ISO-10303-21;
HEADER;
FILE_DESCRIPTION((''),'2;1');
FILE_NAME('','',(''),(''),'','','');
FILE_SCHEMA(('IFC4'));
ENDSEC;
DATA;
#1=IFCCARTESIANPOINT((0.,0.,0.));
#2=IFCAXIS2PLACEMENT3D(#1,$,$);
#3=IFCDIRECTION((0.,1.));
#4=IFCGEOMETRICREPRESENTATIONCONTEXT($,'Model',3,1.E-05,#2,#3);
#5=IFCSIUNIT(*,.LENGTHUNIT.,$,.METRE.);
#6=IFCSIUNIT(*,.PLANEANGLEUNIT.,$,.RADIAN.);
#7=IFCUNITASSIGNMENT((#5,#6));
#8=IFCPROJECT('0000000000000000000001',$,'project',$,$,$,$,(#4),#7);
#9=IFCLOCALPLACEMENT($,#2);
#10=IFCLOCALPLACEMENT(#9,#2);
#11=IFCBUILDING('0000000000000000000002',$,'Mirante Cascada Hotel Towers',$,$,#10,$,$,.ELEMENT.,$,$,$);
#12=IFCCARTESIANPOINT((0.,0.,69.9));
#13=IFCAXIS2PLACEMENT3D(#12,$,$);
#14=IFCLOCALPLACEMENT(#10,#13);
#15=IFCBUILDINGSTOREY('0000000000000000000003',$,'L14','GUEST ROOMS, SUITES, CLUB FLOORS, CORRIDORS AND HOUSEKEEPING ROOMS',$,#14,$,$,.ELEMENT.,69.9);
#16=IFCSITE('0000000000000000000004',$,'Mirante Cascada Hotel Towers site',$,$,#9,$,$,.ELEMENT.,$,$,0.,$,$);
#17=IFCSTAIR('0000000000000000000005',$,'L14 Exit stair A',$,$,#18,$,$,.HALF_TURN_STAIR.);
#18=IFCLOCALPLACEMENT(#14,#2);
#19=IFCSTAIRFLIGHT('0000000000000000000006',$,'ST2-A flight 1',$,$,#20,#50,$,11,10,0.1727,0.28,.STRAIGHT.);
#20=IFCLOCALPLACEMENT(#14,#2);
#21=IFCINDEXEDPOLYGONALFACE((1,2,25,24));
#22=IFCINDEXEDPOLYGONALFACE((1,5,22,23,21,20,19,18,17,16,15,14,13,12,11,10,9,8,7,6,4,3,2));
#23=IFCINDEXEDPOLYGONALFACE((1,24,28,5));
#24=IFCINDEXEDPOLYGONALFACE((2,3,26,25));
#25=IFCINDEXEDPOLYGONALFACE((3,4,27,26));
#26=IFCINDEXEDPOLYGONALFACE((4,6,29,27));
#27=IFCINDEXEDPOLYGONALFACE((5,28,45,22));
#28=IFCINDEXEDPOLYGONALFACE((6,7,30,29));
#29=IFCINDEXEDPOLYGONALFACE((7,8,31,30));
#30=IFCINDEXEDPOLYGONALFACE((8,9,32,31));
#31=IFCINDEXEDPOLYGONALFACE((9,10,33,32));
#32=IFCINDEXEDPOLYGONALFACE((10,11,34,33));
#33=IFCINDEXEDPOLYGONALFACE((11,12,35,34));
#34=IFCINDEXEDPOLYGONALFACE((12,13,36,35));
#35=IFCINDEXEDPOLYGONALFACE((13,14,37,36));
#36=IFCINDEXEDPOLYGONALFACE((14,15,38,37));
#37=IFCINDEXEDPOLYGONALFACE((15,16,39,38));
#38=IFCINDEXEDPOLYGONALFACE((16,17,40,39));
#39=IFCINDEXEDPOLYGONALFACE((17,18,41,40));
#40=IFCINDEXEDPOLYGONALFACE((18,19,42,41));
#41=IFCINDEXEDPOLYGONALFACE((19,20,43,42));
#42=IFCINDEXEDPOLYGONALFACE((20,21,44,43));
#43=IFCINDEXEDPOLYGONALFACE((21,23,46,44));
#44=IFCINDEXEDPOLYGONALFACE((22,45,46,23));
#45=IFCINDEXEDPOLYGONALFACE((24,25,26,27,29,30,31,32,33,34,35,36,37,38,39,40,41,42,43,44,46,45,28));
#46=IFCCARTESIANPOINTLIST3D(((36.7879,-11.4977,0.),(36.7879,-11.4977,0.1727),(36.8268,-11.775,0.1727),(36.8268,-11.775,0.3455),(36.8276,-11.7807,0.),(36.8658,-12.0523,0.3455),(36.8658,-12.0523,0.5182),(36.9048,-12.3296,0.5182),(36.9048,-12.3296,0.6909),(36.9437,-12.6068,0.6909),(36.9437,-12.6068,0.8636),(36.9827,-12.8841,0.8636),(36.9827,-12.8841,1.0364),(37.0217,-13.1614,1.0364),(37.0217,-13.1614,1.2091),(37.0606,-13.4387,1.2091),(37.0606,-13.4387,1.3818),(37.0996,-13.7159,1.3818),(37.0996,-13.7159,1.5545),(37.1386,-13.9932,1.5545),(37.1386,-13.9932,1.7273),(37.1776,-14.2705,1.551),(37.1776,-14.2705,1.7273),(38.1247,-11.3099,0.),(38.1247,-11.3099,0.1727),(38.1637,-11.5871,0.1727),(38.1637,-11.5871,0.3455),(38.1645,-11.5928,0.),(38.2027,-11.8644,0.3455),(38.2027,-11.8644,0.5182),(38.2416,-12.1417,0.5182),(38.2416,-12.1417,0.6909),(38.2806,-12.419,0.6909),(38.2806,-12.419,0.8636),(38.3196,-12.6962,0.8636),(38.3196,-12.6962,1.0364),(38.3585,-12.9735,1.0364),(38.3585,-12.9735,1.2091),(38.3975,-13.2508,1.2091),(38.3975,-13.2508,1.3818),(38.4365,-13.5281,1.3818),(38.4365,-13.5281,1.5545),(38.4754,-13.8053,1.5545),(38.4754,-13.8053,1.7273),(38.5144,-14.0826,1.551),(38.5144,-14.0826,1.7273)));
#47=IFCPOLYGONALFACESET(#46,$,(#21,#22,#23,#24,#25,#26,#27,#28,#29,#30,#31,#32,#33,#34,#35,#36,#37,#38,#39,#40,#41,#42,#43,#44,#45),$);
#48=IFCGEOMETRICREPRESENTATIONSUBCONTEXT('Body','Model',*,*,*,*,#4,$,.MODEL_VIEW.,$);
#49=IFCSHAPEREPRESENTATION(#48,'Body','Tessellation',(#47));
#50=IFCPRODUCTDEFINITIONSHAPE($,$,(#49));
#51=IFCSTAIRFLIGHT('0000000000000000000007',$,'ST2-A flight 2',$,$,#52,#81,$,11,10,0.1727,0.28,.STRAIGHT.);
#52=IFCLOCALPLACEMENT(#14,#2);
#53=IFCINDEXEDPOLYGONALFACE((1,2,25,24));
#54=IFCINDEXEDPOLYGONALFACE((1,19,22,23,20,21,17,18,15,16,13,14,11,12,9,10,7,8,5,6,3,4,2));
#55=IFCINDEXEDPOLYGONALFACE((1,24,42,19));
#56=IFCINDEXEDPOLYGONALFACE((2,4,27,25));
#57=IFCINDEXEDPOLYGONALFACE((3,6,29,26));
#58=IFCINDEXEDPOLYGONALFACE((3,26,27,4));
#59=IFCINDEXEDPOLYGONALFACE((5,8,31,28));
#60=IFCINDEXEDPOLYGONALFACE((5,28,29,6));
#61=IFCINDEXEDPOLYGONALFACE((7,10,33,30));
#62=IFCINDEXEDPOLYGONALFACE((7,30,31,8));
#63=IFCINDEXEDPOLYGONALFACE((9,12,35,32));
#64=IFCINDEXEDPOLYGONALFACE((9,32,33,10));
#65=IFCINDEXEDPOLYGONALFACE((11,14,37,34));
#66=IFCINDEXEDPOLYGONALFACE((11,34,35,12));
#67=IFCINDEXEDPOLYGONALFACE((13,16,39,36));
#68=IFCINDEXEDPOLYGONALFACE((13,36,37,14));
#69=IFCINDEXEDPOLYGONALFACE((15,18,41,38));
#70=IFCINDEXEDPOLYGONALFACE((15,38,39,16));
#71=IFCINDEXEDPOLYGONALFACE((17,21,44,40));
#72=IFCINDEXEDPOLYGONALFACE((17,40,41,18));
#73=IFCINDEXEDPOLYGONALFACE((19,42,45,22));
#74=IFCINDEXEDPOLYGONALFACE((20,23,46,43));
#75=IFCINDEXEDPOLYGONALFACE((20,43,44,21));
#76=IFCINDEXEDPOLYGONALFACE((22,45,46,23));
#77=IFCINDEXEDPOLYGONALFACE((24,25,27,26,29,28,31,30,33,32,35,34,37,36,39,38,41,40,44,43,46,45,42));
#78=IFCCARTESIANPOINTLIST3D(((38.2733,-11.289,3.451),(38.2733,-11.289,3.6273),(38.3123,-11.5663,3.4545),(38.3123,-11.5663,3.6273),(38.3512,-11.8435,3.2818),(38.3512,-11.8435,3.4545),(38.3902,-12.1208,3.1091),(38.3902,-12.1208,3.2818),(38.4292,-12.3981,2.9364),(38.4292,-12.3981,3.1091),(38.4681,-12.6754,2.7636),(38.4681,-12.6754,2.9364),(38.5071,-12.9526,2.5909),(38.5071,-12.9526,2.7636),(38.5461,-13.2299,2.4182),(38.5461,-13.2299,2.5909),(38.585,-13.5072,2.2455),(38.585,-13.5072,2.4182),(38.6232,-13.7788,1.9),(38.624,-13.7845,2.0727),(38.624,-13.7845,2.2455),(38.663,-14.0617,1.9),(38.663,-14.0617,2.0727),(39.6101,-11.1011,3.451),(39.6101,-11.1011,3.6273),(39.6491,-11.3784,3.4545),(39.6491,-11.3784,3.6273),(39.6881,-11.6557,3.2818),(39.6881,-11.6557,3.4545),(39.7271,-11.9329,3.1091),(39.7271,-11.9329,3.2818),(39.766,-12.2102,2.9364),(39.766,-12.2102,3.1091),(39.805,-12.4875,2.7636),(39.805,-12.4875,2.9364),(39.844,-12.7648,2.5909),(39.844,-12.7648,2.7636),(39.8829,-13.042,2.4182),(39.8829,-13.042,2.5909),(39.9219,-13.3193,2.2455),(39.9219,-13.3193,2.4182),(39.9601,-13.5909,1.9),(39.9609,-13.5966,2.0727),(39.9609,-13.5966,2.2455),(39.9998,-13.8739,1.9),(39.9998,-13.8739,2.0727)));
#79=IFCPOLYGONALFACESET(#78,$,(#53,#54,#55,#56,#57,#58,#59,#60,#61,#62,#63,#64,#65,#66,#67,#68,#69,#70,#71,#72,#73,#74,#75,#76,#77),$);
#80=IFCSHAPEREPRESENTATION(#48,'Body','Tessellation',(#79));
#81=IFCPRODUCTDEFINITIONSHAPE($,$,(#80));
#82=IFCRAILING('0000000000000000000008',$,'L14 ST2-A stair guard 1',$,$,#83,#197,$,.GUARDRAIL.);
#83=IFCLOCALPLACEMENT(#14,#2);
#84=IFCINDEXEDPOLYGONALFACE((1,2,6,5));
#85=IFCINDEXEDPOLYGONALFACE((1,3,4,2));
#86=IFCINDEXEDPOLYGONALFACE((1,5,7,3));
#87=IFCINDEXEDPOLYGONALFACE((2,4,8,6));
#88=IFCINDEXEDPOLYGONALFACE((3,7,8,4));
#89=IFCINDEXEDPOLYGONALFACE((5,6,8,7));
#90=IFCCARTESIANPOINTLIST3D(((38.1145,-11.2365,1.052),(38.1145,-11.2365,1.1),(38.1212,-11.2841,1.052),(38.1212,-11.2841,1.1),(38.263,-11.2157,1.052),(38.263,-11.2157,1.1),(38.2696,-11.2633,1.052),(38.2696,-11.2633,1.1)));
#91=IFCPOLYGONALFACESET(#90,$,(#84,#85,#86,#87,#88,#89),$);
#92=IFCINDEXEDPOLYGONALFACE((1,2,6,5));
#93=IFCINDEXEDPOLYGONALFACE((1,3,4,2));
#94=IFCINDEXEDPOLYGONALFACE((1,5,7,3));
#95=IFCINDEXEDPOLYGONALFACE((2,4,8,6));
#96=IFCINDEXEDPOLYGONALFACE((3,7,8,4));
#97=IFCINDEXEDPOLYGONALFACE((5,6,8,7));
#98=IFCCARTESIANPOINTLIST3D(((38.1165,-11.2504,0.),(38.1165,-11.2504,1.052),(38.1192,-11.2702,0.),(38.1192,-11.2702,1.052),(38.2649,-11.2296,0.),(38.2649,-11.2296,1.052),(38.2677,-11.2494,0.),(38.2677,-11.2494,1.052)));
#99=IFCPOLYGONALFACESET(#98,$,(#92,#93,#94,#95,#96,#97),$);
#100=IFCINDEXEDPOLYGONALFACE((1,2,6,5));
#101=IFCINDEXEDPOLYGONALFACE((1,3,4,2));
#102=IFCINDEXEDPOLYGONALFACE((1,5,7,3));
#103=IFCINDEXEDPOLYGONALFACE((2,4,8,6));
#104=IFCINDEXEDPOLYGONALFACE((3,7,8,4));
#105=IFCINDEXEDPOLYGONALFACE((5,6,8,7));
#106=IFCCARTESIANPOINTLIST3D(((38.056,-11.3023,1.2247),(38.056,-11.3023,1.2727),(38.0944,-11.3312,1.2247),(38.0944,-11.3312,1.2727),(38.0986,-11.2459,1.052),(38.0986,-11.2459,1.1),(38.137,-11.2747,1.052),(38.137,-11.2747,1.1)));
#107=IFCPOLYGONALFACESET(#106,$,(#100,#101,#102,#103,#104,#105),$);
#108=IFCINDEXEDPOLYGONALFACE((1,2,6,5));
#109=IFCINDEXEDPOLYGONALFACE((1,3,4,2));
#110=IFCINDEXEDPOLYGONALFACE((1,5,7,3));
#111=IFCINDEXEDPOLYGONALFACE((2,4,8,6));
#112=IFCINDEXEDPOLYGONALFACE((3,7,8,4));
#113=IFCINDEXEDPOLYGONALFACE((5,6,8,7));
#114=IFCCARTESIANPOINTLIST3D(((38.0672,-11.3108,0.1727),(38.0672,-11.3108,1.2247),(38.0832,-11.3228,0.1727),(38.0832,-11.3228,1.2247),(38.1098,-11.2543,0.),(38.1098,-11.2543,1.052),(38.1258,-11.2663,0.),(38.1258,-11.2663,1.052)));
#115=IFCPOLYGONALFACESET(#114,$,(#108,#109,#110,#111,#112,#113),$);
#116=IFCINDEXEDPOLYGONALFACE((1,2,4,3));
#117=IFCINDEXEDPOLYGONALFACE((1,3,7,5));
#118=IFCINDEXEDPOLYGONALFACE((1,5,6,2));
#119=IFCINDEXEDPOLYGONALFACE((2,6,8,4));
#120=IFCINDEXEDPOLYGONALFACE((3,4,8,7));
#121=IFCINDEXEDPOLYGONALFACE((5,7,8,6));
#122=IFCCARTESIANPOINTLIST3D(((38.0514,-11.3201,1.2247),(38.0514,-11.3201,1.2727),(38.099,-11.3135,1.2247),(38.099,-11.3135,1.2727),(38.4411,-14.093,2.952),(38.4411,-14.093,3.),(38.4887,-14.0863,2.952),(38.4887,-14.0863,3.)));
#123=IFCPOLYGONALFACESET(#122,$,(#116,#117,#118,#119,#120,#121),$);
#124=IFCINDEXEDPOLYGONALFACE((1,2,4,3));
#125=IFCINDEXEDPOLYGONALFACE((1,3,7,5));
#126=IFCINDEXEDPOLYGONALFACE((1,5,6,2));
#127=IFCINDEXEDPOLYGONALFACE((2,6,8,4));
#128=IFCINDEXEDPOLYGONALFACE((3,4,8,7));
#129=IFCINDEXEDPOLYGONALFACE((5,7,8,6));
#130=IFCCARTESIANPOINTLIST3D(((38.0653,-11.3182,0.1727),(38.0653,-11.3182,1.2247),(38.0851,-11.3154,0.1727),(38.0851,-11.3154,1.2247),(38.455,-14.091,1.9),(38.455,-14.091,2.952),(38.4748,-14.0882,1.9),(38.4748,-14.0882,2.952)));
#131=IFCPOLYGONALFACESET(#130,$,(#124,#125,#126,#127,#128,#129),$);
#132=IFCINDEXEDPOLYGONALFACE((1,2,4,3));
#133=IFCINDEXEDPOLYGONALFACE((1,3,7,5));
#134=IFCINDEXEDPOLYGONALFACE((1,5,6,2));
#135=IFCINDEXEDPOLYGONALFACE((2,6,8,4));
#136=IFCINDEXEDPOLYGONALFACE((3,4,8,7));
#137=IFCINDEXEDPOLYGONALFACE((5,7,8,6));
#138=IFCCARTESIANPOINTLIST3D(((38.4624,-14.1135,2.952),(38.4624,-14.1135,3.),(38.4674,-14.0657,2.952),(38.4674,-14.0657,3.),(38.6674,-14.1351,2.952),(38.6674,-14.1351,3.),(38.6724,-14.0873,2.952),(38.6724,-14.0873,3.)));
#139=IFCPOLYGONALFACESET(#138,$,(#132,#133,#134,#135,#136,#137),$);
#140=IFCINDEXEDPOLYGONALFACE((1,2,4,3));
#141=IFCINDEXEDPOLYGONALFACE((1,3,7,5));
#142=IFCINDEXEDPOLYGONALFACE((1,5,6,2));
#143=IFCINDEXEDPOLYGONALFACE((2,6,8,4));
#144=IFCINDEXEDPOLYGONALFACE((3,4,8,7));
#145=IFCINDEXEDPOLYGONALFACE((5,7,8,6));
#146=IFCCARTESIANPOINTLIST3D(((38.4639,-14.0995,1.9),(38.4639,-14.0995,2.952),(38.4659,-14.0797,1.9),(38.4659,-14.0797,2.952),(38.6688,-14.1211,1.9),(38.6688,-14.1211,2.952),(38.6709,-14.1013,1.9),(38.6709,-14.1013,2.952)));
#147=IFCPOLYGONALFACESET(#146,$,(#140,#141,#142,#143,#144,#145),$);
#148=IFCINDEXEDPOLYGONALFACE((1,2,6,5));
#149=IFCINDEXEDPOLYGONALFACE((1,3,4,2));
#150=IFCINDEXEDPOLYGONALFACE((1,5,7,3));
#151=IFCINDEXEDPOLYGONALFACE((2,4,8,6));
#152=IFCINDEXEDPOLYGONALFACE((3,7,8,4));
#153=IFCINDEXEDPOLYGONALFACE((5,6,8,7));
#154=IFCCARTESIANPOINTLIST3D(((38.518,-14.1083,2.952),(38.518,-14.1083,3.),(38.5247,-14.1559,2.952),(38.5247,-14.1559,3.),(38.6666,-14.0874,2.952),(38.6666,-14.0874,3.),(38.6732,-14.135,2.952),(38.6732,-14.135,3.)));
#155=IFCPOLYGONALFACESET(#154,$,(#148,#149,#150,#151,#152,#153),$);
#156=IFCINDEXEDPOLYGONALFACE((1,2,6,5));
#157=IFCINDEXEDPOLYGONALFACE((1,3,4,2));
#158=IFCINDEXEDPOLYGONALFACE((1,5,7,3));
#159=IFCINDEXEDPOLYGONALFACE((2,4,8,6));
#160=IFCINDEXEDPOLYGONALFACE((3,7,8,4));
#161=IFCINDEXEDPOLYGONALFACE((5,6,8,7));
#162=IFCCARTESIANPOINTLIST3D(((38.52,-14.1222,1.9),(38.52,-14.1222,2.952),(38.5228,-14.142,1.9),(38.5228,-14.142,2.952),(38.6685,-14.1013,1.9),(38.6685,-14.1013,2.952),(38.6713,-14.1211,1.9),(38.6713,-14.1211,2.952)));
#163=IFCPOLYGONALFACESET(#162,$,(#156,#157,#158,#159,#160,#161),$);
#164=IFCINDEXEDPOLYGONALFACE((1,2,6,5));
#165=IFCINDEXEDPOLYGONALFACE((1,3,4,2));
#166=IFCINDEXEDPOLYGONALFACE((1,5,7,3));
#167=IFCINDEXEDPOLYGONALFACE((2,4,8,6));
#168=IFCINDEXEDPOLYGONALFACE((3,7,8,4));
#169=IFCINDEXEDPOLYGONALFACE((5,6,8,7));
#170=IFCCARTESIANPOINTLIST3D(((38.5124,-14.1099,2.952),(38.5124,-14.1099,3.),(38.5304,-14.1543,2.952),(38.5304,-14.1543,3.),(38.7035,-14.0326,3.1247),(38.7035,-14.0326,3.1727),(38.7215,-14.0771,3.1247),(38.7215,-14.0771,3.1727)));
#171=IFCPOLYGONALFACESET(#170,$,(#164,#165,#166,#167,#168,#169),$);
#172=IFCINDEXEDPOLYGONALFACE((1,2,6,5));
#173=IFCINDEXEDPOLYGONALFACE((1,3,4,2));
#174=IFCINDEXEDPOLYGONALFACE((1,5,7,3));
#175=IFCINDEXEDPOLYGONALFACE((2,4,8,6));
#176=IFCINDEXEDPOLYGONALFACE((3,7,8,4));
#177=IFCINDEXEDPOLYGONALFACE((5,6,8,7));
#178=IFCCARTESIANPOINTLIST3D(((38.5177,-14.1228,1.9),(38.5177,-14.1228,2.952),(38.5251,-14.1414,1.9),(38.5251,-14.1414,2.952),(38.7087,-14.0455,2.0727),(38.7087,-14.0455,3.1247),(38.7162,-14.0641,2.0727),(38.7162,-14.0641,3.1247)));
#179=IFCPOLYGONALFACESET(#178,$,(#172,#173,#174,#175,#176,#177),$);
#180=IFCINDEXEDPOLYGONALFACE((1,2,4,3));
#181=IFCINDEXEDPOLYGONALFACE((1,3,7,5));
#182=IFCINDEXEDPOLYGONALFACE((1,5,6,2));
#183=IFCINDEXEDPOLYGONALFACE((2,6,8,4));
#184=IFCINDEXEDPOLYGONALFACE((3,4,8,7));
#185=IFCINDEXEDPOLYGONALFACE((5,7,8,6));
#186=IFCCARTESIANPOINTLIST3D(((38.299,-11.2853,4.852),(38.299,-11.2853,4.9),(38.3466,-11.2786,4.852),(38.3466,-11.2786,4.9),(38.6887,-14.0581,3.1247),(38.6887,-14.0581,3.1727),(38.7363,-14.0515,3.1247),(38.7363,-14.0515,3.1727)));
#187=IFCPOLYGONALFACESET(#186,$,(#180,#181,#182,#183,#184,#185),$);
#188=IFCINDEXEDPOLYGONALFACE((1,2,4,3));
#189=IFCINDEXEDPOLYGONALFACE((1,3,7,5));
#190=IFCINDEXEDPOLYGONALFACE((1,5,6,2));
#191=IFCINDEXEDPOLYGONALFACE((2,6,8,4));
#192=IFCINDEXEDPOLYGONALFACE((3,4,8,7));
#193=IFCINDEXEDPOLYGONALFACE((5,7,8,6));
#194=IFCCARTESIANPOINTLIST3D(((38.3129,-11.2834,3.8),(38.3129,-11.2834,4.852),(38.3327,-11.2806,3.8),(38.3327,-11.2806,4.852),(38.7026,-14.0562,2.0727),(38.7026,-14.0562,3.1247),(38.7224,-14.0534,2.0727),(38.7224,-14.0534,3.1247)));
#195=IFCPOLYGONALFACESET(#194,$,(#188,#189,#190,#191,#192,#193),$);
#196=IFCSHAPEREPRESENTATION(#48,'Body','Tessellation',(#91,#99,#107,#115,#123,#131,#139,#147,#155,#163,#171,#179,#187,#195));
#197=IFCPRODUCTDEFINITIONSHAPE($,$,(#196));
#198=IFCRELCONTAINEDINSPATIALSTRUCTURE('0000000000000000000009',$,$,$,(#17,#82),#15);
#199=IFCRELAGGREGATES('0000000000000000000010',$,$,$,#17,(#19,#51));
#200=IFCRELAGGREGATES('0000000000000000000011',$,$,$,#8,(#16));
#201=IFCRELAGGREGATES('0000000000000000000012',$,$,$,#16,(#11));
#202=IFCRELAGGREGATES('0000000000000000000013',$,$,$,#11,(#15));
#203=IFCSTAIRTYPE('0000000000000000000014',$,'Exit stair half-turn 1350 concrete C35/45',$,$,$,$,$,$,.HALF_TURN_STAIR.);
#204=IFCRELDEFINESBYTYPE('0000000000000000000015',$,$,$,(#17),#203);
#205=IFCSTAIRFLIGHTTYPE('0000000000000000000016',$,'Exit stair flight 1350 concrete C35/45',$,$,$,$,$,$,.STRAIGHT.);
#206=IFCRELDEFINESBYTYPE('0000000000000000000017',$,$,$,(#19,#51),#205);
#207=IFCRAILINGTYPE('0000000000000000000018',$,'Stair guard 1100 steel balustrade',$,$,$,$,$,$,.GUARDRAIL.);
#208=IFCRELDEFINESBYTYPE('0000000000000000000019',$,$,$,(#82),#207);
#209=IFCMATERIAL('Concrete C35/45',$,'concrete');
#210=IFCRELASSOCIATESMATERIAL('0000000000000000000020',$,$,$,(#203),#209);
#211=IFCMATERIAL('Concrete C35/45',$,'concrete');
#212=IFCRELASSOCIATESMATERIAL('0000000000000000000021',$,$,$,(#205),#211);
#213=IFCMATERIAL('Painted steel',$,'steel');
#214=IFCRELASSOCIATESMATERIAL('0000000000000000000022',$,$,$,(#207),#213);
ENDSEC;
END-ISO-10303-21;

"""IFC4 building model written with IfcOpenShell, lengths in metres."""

from ifc_helpers import new_model, si_unit, direction, frame, origin, origin_2d, place, context, subcontext, project, spatial, polyline, rectangle, outline, extrude, material, type_object, element, aggregate, save


model = new_model("IFC4")

# Units and contexts
model_context = context("Model", 3, precision=1e-05, world=origin(), true_north=direction((0.0, 1.0)))
body_context = subcontext(model_context, "Body", "Model", "MODEL_VIEW")
ifc_project = project(units=[si_unit("LENGTHUNIT", "METRE"), si_unit("PLANEANGLEUNIT", "RADIAN")], contexts=[model_context])

# Site, building, storey
site_placement = place(None, origin())
site = spatial("IfcSite", under=ifc_project, at=site_placement, Name="Mirante Cascada Hotel Towers site", CompositionType="ELEMENT", RefElevation=0.0)
building_placement = place(site_placement, origin())
building = spatial("IfcBuilding", under=site, at=building_placement, Name="Mirante Cascada Hotel Towers", CompositionType="ELEMENT")
storey_placement = place(building_placement, frame((0.0, 0.0, 69.9)))
storey = spatial("IfcBuildingStorey", under=building, at=storey_placement, Name="L14", Description="GUEST ROOMS, SUITES, CLUB FLOORS, CORRIDORS AND HOUSEKEEPING ROOMS", CompositionType="ELEMENT", Elevation=69.9)

# Stair, stair flights
ifc_material_1 = material(Name="Concrete C35/45", Category="concrete")
stair_type = type_object("IfcStairType", Name="Exit stair half-turn 1350 concrete C35/45", PredefinedType="HALF_TURN_STAIR", material=ifc_material_1)
stair_placement = place(storey_placement, origin())
stair = element("IfcStair", 1, at=stair_placement, inside=storey, type_object=stair_type, Name="L14 Exit stair A", PredefinedType="HALF_TURN_STAIR")
ifc_material_2 = material(Name="Concrete C35/45", Category="concrete")
stair_flight_type = type_object("IfcStairFlightType", Name="Exit stair flight 1350 concrete C35/45", PredefinedType="STRAIGHT", material=ifc_material_2)
stair_flight_1_placement = place(storey_placement, frame((37.4563, -11.4038, 0.0), z_axis=(0.0, 0.0, 1.0), x_axis=(0.139173, -0.990268, 0.0)))
stair_flight_1 = element("IfcStairFlight", 2, at=stair_flight_1_placement, type_object=stair_flight_type, Name="ST2-A flight 1", NumberOfRisers=11, NumberOfTreads=10, PredefinedType="STRAIGHT", RiserHeight=0.1727, TreadLength=0.28, context=body_context, shape_type="SweptSolid", body=[
    extrude(outline(polyline([(0.0, 0.0), (0.0, 0.1727), (0.28, 0.1727), (0.28, 0.3455), (0.56, 0.3455), (0.56, 0.5182), (0.84, 0.5182), (0.84, 0.6909), (1.12, 0.6909), (1.12, 0.8636), (1.4, 0.8636), (1.4, 1.0364), (1.68, 1.0364), (1.68, 1.2091), (1.96, 1.2091), (1.96, 1.3818), (2.24, 1.3818), (2.24, 1.5545), (2.52, 1.5545), (2.52, 1.7273), (2.8, 1.7273), (2.8, 1.9), (2.8, 1.551), (0.2857, 0.0), (0.0, 0.0)])), frame((0.0, 0.675, 0.0), z_axis=(0.0, -1.0, 0.0), x_axis=(1.0, 0.0, 0.0)), (0.0, 0.0, 1.0), 1.35),
])
stair_flight_2_placement = place(storey_placement, frame((39.3314, -13.9678, 1.9), z_axis=(0.0, 0.0, 1.0), x_axis=(-0.139173, 0.990268, 0.0)))
stair_flight_2 = element("IfcStairFlight", 3, at=stair_flight_2_placement, type_object=stair_flight_type, Name="ST2-A flight 2", NumberOfRisers=11, NumberOfTreads=10, PredefinedType="STRAIGHT", RiserHeight=0.1727, TreadLength=0.28, context=body_context, shape_type="SweptSolid", body=[
    extrude(outline(polyline([(0.0, 0.0), (0.0, 0.1727), (0.28, 0.1727), (0.28, 0.3455), (0.56, 0.3455), (0.56, 0.5182), (0.84, 0.5182), (0.84, 0.6909), (1.12, 0.6909), (1.12, 0.8636), (1.4, 0.8636), (1.4, 1.0364), (1.68, 1.0364), (1.68, 1.2091), (1.96, 1.2091), (1.96, 1.3818), (2.24, 1.3818), (2.24, 1.5545), (2.52, 1.5545), (2.52, 1.7273), (2.8, 1.7273), (2.8, 1.9), (2.8, 1.551), (0.2857, 0.0), (0.0, 0.0)])), frame((0.0, 0.675, 0.0), z_axis=(0.0, -1.0, 0.0), x_axis=(1.0, 0.0, 0.0)), (0.0, 0.0, 1.0), 1.35),
])
aggregate(stair, [stair_flight_1, stair_flight_2])

# Railing
ifc_material_3 = material(Name="Painted steel", Category="steel")
railing_type = type_object("IfcRailingType", Name="Stair guard 1100 steel balustrade", PredefinedType="GUARDRAIL", material=ifc_material_3)
railing_placement = place(storey_placement, frame((38.2663, -11.2395, 0.0)))
element("IfcRailing", 4, at=railing_placement, inside=storey, type_object=railing_type, Name="L14 ST2-A stair guard 1", PredefinedType="GUARDRAIL", context=body_context, shape_type="SweptSolid", body=[
    extrude(rectangle(XDim=0.048, YDim=0.048, at=origin_2d()), frame((0.0, 0.0, 1.076), z_axis=(-0.990333, -0.138713, 0.0), x_axis=(0.138713, -0.990333, 0.0)), (0.0, 0.0, 1.0), 0.1499),
    extrude(rectangle(XDim=0.02, YDim=1.052, at=origin_2d()), frame((0.0, 0.0, 0.526), z_axis=(-0.990333, -0.138713, 0.0), x_axis=(0.138713, -0.990333, 0.0)), (0.0, 0.0, 1.0), 0.1499),
    extrude(rectangle(XDim=0.048, YDim=0.048, at=origin_2d()), frame((-0.1485, -0.0208, 1.076), z_axis=(-0.602033, -0.798471, 0.0), x_axis=(0.798471, -0.602033, 0.0)), (0.0, 0.92534, 0.379139), 0.1866),
    extrude(rectangle(XDim=0.02, YDim=1.052, at=origin_2d()), frame((-0.1485, -0.0208, 0.526), z_axis=(-0.602033, -0.798471, 0.0), x_axis=(0.798471, -0.602033, 0.0)), (0.0, 0.92534, 0.379139), 0.1866),
    extrude(rectangle(XDim=0.048, YDim=0.048, at=origin_2d()), frame((-0.1911, -0.0773, 1.2487), z_axis=(0.139176, -0.990268, 0.0), x_axis=(0.990268, 0.139176, 0.0)), (0.0, 0.525021, 0.851089), 3.29),
    extrude(rectangle(XDim=0.02, YDim=1.052, at=origin_2d()), frame((-0.1911, -0.0773, 0.6987), z_axis=(0.139176, -0.990268, 0.0), x_axis=(0.990268, 0.139176, 0.0)), (0.0, 0.525021, 0.851089), 3.29),
    extrude(rectangle(XDim=0.048, YDim=0.048, at=origin_2d()), frame((0.1986, -2.8501, 2.976), z_axis=(0.994495, -0.104786, 0.0), x_axis=(0.104786, 0.994495, 0.0)), (0.0, 0.0, 1.0), 0.2061),
    extrude(rectangle(XDim=0.02, YDim=1.052, at=origin_2d()), frame((0.1986, -2.8501, 2.426), z_axis=(0.994495, -0.104786, 0.0), x_axis=(0.104786, 0.994495, 0.0)), (0.0, 0.0, 1.0), 0.2061),
    extrude(rectangle(XDim=0.048, YDim=0.048, at=origin_2d()), frame((0.4036, -2.8717, 2.976), z_axis=(-0.990241, -0.139367, 0.0), x_axis=(0.139367, -0.990241, 0.0)), (0.0, 0.0, 1.0), 0.15),
    extrude(rectangle(XDim=0.02, YDim=1.052, at=origin_2d()), frame((0.4036, -2.8717, 2.426), z_axis=(-0.990241, -0.139367, 0.0), x_axis=(0.139367, -0.990241, 0.0)), (0.0, 0.0, 1.0), 0.15),
    extrude(rectangle(XDim=0.048, YDim=0.048, at=origin_2d()), frame((0.2551, -2.8926, 2.976), z_axis=(0.927031, 0.374984, 0.0), x_axis=(-0.374984, 0.927031, 0.0)), (0.0, 0.64219, 0.766545), 0.2689),
    extrude(rectangle(XDim=0.02, YDim=1.052, at=origin_2d()), frame((0.2551, -2.8926, 2.426), z_axis=(0.927031, 0.374984, 0.0), x_axis=(-0.374984, 0.927031, 0.0)), (0.0, 0.64219, 0.766545), 0.2689),
    extrude(rectangle(XDim=0.048, YDim=0.048, at=origin_2d()), frame((0.4462, -2.8153, 3.1487), z_axis=(-0.139176, 0.990268, 0.0), x_axis=(-0.990268, -0.139176, 0.0)), (0.0, 0.525021, 0.851089), 3.29),
    extrude(rectangle(XDim=0.02, YDim=1.052, at=origin_2d()), frame((0.4462, -2.8153, 2.5987), z_axis=(-0.139176, 0.990268, 0.0), x_axis=(-0.990268, -0.139176, 0.0)), (0.0, 0.525021, 0.851089), 3.29),
])

save(model, "model.ifc")
